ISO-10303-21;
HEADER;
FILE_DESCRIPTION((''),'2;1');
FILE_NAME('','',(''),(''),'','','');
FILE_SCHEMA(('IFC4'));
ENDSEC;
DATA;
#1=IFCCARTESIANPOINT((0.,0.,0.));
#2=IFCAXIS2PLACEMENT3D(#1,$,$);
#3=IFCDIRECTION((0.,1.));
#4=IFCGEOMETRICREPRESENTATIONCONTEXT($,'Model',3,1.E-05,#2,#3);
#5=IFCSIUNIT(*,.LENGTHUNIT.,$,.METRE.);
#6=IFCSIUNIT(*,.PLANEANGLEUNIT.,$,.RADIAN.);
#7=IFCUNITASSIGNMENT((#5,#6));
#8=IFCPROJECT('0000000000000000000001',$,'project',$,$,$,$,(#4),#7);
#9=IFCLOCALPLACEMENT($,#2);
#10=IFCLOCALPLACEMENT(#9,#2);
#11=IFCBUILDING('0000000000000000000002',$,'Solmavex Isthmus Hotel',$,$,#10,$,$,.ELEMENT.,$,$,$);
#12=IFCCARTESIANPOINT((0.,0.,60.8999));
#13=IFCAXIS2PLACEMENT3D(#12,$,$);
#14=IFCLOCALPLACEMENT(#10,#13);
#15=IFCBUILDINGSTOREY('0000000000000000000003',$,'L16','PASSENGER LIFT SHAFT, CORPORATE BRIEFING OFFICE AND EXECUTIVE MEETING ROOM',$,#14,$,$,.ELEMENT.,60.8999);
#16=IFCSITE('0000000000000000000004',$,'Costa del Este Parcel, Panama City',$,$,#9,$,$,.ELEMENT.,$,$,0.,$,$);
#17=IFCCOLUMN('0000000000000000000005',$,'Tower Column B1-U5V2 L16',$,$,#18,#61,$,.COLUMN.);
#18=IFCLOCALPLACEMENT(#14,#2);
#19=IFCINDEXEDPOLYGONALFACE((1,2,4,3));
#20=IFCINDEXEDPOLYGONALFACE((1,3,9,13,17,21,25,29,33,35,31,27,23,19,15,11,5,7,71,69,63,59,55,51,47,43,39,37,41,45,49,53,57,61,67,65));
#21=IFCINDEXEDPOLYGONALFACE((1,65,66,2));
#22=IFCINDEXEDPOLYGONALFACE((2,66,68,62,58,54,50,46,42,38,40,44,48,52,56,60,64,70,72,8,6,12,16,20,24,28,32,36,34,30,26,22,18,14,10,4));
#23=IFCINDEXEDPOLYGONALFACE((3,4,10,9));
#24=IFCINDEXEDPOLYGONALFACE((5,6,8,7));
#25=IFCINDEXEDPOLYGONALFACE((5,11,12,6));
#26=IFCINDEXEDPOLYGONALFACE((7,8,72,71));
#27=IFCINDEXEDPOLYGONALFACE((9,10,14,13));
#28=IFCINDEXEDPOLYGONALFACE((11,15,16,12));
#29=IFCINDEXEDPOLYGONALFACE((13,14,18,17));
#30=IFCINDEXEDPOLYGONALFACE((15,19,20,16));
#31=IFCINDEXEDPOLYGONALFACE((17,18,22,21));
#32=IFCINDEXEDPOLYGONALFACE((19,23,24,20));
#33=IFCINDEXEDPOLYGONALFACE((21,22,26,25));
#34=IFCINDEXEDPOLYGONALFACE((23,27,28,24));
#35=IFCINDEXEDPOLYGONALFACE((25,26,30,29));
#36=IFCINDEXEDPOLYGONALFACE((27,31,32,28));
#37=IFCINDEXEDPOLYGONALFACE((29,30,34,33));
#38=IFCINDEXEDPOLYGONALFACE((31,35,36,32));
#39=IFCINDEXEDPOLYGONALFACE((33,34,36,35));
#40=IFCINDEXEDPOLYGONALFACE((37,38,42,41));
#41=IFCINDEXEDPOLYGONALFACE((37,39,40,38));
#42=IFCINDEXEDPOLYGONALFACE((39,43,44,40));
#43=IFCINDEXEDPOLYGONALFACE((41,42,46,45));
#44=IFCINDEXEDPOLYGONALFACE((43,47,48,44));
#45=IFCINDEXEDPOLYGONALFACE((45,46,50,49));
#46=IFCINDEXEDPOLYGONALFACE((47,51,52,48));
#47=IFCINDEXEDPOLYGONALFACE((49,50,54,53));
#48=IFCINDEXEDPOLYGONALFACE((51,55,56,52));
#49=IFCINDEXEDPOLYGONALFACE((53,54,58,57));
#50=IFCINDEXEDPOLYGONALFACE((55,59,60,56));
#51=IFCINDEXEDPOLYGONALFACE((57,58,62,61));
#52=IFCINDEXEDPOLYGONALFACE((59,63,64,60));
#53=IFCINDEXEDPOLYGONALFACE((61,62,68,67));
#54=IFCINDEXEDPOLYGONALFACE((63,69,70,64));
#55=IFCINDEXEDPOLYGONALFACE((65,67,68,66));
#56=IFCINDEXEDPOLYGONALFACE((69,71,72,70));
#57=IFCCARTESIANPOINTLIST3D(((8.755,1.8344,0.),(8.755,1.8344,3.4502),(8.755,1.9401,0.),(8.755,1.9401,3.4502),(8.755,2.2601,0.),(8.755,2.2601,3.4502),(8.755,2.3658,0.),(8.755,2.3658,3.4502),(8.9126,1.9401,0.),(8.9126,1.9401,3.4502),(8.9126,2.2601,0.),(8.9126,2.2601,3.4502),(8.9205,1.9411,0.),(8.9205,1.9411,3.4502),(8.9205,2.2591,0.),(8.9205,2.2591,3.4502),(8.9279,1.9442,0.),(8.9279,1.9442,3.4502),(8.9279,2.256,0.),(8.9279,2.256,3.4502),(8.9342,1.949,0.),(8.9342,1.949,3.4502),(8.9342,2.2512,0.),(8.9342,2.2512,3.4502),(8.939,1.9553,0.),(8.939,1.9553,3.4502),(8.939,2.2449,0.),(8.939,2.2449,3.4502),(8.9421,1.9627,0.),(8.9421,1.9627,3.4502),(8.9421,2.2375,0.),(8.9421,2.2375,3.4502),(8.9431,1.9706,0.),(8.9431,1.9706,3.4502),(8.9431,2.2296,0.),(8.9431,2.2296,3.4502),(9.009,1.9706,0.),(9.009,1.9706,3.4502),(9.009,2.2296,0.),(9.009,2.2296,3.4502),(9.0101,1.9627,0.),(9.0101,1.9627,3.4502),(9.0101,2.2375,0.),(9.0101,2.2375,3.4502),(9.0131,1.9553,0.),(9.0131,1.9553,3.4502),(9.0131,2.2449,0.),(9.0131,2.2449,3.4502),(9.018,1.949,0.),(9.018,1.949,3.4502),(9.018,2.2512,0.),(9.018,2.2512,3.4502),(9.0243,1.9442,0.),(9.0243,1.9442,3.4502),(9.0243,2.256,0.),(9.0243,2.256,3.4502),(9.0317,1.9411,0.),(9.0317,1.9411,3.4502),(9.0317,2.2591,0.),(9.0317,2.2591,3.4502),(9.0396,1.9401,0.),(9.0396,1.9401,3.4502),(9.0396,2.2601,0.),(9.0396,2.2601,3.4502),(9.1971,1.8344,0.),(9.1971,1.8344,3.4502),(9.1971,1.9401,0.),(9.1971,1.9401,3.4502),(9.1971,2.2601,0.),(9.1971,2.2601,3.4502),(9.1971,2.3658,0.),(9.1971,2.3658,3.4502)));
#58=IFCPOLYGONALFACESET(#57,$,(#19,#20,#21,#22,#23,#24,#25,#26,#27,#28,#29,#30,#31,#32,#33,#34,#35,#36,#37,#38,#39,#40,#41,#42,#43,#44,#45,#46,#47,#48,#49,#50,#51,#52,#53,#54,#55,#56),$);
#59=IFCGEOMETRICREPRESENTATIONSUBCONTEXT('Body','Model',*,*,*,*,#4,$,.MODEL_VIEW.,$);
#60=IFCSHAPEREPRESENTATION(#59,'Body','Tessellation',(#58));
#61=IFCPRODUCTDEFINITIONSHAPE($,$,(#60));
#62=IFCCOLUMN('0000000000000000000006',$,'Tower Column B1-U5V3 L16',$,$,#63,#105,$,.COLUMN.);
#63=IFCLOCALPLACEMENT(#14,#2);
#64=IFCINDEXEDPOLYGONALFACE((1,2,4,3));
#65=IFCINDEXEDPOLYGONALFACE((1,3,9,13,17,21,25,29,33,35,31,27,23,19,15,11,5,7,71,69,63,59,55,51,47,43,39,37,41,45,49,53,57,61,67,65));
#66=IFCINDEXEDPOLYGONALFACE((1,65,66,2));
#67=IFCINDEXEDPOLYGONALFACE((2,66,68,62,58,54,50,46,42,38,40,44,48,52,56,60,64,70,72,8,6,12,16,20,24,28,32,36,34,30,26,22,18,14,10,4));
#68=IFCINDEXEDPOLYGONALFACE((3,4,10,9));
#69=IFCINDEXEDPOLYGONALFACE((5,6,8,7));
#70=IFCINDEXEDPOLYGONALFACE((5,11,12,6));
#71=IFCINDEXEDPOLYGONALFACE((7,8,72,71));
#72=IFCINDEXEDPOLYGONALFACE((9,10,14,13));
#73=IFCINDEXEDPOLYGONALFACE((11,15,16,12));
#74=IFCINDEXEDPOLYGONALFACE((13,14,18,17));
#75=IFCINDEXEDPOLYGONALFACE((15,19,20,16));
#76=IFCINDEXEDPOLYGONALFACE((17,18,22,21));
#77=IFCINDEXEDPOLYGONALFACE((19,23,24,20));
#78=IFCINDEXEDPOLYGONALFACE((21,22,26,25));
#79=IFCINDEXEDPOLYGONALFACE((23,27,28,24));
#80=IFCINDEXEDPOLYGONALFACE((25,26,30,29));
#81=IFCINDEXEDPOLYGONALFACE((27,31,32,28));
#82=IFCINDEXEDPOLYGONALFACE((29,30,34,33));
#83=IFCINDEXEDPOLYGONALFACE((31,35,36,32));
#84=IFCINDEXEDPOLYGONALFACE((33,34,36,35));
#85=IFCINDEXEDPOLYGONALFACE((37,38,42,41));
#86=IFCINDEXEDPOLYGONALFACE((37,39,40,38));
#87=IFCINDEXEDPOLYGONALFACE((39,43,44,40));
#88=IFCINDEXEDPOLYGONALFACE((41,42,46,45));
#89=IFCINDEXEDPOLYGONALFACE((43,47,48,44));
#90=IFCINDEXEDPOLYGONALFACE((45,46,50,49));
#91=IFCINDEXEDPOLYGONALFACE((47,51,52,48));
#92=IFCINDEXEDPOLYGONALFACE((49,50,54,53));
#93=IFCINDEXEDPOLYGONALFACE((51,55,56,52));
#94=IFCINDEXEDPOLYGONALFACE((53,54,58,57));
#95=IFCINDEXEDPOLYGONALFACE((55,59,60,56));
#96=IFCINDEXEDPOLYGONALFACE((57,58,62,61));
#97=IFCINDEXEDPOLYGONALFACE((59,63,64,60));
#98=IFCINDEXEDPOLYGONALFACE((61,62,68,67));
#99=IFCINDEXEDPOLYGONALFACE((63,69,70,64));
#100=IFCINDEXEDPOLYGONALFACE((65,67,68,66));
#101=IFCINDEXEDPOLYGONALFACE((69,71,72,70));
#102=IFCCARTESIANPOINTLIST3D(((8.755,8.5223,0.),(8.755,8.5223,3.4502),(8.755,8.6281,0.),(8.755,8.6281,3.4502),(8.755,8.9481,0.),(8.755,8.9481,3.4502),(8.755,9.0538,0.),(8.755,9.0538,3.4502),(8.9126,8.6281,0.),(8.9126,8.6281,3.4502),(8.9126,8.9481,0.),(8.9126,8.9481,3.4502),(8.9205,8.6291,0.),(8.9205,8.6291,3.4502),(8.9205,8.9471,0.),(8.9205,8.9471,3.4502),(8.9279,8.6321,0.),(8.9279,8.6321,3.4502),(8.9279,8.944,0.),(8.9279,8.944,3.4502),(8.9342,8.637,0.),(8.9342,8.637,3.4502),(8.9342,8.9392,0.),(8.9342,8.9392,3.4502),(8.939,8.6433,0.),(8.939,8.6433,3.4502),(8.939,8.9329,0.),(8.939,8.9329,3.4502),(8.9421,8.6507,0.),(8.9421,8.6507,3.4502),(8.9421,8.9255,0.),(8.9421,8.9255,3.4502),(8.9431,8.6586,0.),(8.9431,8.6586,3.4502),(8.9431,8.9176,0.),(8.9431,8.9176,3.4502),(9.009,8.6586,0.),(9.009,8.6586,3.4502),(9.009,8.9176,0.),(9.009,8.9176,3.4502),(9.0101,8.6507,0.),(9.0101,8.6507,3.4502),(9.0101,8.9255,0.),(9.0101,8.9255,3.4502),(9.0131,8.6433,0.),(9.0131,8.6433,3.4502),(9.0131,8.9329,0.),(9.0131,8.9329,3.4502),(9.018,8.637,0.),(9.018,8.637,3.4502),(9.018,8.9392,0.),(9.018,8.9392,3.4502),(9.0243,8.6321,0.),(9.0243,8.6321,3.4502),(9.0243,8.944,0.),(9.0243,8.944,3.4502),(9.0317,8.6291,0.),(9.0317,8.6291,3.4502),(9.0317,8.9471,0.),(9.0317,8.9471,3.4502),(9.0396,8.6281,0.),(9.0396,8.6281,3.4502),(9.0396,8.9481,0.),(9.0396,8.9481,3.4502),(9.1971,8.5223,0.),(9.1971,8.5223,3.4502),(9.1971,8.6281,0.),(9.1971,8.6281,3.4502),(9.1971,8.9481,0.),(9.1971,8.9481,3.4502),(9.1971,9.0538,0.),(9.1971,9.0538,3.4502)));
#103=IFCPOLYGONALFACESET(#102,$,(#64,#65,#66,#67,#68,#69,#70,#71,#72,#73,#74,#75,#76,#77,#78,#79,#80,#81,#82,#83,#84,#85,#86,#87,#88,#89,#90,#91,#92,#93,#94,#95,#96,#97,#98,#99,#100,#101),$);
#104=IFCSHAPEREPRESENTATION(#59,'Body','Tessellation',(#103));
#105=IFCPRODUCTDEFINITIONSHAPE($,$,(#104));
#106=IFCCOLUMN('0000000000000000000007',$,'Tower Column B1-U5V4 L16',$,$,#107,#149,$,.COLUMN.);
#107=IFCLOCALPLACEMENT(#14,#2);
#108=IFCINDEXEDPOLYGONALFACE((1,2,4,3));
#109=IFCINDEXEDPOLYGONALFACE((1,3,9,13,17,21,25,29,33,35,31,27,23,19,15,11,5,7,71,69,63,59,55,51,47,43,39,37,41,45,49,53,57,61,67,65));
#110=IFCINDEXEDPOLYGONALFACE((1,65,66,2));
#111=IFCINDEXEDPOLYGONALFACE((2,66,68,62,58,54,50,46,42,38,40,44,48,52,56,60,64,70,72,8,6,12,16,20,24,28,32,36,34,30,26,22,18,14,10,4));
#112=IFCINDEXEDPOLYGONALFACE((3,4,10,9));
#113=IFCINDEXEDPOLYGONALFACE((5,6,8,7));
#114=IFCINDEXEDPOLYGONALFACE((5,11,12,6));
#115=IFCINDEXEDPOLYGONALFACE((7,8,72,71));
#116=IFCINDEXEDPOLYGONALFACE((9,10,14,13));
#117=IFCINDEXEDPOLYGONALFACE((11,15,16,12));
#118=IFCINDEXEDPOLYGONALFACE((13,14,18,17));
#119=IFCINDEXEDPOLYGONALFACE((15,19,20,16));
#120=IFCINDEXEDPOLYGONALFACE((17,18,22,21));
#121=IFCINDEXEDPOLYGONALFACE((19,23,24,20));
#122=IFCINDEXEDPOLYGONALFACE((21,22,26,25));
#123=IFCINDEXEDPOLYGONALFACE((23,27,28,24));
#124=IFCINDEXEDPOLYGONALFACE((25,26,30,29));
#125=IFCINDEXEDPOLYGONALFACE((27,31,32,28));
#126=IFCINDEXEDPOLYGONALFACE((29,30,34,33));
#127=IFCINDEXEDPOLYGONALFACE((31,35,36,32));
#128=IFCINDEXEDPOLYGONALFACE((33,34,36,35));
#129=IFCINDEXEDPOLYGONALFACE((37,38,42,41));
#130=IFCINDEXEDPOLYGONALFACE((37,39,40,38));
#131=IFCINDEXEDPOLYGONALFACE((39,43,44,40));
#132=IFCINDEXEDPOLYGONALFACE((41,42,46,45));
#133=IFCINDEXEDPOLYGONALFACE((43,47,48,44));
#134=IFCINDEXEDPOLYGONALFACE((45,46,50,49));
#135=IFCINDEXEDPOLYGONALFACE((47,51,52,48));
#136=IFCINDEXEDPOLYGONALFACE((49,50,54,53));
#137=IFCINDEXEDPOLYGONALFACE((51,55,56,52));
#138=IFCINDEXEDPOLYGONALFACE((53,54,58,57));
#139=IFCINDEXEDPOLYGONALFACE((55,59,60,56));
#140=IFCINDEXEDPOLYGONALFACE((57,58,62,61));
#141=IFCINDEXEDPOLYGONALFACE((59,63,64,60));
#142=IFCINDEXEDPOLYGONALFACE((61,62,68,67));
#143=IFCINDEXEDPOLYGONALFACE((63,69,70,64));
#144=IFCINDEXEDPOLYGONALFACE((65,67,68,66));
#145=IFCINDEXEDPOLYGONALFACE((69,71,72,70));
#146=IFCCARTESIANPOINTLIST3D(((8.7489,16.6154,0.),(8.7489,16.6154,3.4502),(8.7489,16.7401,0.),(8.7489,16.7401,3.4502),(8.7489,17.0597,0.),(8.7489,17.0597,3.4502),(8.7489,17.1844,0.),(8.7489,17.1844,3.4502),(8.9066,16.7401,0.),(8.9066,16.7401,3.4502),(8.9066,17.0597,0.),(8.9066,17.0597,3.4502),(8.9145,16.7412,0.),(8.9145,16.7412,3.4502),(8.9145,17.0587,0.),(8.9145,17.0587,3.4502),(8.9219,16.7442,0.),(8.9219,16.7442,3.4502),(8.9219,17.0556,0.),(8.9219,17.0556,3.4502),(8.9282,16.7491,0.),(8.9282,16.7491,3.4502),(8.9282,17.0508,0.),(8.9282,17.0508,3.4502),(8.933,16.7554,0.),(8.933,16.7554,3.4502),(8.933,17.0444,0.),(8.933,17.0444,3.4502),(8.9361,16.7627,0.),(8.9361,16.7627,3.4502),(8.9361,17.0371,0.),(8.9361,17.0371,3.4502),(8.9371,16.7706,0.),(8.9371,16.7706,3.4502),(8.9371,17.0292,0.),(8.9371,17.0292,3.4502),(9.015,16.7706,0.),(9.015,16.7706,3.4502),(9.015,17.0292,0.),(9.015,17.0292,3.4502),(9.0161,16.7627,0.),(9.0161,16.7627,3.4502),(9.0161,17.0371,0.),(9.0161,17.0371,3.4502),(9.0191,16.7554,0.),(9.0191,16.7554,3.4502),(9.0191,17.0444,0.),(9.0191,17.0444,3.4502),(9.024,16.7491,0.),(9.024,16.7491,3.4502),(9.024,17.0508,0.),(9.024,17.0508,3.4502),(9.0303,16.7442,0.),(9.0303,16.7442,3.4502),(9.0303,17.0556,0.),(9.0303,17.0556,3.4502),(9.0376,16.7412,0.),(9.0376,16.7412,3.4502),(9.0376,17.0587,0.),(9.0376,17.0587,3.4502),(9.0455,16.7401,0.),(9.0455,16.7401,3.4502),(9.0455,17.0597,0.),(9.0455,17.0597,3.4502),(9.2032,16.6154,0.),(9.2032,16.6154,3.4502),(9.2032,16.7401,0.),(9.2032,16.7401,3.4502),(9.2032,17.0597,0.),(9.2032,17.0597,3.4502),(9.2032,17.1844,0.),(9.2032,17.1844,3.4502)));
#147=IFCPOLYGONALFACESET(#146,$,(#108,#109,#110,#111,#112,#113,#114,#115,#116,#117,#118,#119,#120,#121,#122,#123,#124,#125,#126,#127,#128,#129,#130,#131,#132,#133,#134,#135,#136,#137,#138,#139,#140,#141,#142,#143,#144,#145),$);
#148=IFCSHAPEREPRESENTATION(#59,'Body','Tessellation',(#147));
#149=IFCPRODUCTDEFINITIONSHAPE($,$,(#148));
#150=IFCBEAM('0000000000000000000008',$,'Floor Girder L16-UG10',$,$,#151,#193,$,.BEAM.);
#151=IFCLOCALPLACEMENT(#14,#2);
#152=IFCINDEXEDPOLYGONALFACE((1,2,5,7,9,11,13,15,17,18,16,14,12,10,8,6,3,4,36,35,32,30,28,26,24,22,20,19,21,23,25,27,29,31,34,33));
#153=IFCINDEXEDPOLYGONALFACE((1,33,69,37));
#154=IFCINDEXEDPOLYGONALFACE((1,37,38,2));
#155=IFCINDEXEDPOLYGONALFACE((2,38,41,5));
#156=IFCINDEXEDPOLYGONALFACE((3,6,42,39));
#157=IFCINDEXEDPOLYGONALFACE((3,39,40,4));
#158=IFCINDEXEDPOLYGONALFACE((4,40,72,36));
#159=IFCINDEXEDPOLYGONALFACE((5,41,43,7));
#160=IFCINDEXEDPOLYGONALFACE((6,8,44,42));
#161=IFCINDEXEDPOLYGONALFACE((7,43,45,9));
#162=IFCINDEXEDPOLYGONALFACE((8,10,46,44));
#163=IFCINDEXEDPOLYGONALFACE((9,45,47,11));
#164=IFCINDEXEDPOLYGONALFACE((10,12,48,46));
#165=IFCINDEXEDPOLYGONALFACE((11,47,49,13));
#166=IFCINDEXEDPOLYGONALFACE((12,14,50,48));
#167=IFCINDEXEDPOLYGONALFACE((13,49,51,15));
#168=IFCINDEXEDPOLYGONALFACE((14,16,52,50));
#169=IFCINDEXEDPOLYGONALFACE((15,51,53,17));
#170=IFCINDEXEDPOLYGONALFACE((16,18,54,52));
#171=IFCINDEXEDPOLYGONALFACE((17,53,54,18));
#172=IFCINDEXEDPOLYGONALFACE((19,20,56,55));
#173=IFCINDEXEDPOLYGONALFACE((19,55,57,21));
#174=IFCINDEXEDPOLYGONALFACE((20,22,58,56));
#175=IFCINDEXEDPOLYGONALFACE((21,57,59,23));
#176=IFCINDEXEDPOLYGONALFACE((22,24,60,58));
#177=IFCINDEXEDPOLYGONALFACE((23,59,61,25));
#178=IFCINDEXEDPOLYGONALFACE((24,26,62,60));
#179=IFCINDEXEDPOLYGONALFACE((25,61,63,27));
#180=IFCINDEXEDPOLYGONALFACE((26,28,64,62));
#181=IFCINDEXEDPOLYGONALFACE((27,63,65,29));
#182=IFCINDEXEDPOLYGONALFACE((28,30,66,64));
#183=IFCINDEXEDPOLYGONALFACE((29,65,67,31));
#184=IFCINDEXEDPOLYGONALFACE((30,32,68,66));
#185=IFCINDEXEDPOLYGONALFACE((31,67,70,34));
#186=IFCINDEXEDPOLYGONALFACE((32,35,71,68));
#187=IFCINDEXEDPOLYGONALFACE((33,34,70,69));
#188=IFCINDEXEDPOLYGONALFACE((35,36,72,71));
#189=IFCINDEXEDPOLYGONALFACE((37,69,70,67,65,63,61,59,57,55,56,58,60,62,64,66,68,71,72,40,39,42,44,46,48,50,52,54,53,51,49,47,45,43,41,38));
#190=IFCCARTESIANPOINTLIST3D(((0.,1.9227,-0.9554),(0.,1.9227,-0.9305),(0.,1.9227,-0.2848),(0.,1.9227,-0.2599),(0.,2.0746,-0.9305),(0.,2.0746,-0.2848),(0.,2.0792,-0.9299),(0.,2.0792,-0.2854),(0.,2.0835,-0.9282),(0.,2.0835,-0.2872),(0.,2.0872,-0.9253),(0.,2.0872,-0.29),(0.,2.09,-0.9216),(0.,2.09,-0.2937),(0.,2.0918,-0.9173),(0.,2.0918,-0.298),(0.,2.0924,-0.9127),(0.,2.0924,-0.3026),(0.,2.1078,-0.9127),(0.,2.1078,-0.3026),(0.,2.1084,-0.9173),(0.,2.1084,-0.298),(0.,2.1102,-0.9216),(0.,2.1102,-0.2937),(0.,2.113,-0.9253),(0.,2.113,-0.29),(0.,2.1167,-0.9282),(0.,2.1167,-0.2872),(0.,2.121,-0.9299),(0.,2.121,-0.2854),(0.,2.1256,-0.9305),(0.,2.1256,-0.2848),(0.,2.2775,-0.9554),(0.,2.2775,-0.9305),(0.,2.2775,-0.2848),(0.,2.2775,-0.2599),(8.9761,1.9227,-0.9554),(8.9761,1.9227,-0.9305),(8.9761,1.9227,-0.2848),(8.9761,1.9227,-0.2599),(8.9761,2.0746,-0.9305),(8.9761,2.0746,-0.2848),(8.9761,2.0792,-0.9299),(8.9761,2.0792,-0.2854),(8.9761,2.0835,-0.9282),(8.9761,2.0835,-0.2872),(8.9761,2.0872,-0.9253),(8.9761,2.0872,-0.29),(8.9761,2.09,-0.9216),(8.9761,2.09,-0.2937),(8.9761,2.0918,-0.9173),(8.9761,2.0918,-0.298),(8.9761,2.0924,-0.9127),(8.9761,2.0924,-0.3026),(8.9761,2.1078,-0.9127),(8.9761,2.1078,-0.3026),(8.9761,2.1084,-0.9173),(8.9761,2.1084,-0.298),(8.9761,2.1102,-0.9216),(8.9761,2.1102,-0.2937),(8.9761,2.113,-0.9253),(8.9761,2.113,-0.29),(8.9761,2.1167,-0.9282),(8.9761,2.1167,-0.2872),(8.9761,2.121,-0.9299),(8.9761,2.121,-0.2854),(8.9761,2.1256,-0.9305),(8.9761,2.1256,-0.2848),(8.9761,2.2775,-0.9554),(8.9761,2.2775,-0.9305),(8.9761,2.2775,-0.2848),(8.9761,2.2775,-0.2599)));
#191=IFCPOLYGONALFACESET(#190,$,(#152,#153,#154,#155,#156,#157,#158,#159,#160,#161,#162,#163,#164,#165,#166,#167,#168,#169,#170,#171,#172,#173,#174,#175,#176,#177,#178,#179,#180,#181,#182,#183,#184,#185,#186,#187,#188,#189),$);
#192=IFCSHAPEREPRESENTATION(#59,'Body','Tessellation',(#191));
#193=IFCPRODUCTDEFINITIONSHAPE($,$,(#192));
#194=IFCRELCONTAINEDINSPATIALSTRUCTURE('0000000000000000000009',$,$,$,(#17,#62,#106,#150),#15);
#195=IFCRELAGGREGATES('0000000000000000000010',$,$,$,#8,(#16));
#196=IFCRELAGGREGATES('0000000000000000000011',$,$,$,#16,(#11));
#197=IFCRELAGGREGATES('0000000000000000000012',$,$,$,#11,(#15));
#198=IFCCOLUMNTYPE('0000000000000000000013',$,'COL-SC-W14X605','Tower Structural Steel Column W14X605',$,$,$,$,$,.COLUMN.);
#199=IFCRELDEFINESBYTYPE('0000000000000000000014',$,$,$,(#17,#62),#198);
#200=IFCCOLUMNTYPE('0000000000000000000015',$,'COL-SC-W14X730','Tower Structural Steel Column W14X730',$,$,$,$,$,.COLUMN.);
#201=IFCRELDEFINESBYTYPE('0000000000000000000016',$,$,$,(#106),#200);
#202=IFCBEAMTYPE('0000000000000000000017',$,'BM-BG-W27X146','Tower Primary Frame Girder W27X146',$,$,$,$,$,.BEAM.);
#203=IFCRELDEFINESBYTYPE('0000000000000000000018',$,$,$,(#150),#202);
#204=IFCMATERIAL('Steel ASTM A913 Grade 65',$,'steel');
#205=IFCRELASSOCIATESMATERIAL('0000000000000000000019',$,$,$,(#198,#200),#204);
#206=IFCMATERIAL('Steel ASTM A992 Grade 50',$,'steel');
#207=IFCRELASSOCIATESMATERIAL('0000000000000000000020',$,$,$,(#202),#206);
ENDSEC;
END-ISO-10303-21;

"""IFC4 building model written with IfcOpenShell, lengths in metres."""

from ifc_helpers import new_model, si_unit, direction, frame, origin, origin_2d, place, context, subcontext, project, spatial, i_section, extrude, material, material_profile, profile_set, type_object, element, save


model = new_model("IFC4")

# Units and contexts
model_context = context("Model", 3, precision=1e-05, world=origin(), true_north=direction((0.0, 1.0)))
body_context = subcontext(model_context, "Body", "Model", "MODEL_VIEW")
ifc_project = project(units=[si_unit("LENGTHUNIT", "METRE"), si_unit("PLANEANGLEUNIT", "RADIAN")], contexts=[model_context])

# Site, building, storey
site_placement = place(None, origin())
site = spatial("IfcSite", under=ifc_project, at=site_placement, Name="Costa del Este Parcel, Panama City", CompositionType="ELEMENT", RefElevation=0.0)
building_placement = place(site_placement, origin())
building = spatial("IfcBuilding", under=site, at=building_placement, Name="Solmavex Isthmus Hotel", CompositionType="ELEMENT")
storey_placement = place(building_placement, frame((0.0, 0.0, 60.8999)))
storey = spatial("IfcBuildingStorey", under=building, at=storey_placement, Name="L16", Description="PASSENGER LIFT SHAFT, CORPORATE BRIEFING OFFICE AND EXECUTIVE MEETING ROOM", CompositionType="ELEMENT", Elevation=60.8999)

# Columns
ifc_material_1 = material(Name="Steel ASTM A913 Grade 65", Category="steel")
ifc_material_profile_1 = material_profile(ifc_material_1, i_section(OverallWidth=0.4421, OverallDepth=0.5315, WebThickness=0.0659, FlangeThickness=0.1057, FilletRadius=0.0305, at=origin_2d()), Name="W14X605")
ifc_profile_set_1 = profile_set([ifc_material_profile_1], Name="Steel ASTM A913 Grade 65")
column_type_1 = type_object("IfcColumnType", Name="COL-SC-W14X605", Description="Tower Structural Steel Column W14X605", PredefinedType="COLUMN", material=ifc_profile_set_1)
for number, where, z_axis, x_axis, name in (
    (1, (8.9761, 2.1001, 0.0), (0.0, 0.0, 1.0), (1.0, 0.0, 0.0), "Tower Column B1-U5V2 L16"),
    (2, (8.9761, 8.7881, 0.0), (0.0, 0.0, 1.0), (1.0, 0.0, 0.0), "Tower Column B1-U5V3 L16"),
):
    element("IfcColumn", number, at=place(storey_placement, frame(where, z_axis=z_axis, x_axis=x_axis)), inside=storey, type_object=column_type_1, Name=name, PredefinedType="COLUMN", context=body_context, shape_type="SweptSolid", body=[
        extrude(i_section(OverallWidth=0.4421, OverallDepth=0.5315, WebThickness=0.0659, FlangeThickness=0.1057, FilletRadius=0.0305, at=origin_2d()), origin(), (0.0, 0.0, 1.0), 3.4502),
    ])
ifc_material_profile_2 = material_profile(ifc_material_1, i_section(OverallWidth=0.4543, OverallDepth=0.5691, WebThickness=0.0779, FlangeThickness=0.1248, FilletRadius=0.0305, at=origin_2d()), Name="W14X730")
ifc_profile_set_2 = profile_set([ifc_material_profile_2], Name="Steel ASTM A913 Grade 65")
column_type_2 = type_object("IfcColumnType", Name="COL-SC-W14X730", Description="Tower Structural Steel Column W14X730", PredefinedType="COLUMN", material=ifc_profile_set_2)
column_placement = place(storey_placement, frame((8.9761, 16.8999, 0.0), z_axis=(0.0, 0.0, 1.0), x_axis=(1.0, 0.0, 0.0)))
element("IfcColumn", 3, at=column_placement, inside=storey, type_object=column_type_2, Name="Tower Column B1-U5V4 L16", PredefinedType="COLUMN", context=body_context, shape_type="SweptSolid", body=[
    extrude(i_section(OverallWidth=0.4543, OverallDepth=0.5691, WebThickness=0.0779, FlangeThickness=0.1248, FilletRadius=0.0305, at=origin_2d()), origin(), (0.0, 0.0, 1.0), 3.4502),
])

# Beam
ifc_material_2 = material(Name="Steel ASTM A992 Grade 50", Category="steel")
ifc_material_profile_3 = material_profile(ifc_material_2, i_section(OverallWidth=0.3547, OverallDepth=0.6956, WebThickness=0.0154, FlangeThickness=0.0249, FilletRadius=0.0178, at=origin_2d()), Name="W27X146")
ifc_profile_set_3 = profile_set([ifc_material_profile_3], Name="Steel ASTM A992 Grade 50")
beam_type_1 = type_object("IfcBeamType", Name="BM-BG-W27X146", Description="Tower Primary Frame Girder W27X146", PredefinedType="BEAM", material=ifc_profile_set_3)
beam_1_placement = place(storey_placement, frame((0.0, 2.1001, -0.6077), z_axis=(1.0, 0.0, 0.0), x_axis=(0.0, 1.0, 0.0)))
element("IfcBeam", 4, at=beam_1_placement, inside=storey, type_object=beam_type_1, Name="Floor Girder L16-UG10", PredefinedType="BEAM", context=body_context, shape_type="SweptSolid", body=[
    extrude(i_section(OverallWidth=0.3547, OverallDepth=0.6956, WebThickness=0.0154, FlangeThickness=0.0249, FilletRadius=0.0178, at=origin_2d()), origin(), (0.0, 0.0, 1.0), 8.9761),
])

save(model, "model.ifc")
